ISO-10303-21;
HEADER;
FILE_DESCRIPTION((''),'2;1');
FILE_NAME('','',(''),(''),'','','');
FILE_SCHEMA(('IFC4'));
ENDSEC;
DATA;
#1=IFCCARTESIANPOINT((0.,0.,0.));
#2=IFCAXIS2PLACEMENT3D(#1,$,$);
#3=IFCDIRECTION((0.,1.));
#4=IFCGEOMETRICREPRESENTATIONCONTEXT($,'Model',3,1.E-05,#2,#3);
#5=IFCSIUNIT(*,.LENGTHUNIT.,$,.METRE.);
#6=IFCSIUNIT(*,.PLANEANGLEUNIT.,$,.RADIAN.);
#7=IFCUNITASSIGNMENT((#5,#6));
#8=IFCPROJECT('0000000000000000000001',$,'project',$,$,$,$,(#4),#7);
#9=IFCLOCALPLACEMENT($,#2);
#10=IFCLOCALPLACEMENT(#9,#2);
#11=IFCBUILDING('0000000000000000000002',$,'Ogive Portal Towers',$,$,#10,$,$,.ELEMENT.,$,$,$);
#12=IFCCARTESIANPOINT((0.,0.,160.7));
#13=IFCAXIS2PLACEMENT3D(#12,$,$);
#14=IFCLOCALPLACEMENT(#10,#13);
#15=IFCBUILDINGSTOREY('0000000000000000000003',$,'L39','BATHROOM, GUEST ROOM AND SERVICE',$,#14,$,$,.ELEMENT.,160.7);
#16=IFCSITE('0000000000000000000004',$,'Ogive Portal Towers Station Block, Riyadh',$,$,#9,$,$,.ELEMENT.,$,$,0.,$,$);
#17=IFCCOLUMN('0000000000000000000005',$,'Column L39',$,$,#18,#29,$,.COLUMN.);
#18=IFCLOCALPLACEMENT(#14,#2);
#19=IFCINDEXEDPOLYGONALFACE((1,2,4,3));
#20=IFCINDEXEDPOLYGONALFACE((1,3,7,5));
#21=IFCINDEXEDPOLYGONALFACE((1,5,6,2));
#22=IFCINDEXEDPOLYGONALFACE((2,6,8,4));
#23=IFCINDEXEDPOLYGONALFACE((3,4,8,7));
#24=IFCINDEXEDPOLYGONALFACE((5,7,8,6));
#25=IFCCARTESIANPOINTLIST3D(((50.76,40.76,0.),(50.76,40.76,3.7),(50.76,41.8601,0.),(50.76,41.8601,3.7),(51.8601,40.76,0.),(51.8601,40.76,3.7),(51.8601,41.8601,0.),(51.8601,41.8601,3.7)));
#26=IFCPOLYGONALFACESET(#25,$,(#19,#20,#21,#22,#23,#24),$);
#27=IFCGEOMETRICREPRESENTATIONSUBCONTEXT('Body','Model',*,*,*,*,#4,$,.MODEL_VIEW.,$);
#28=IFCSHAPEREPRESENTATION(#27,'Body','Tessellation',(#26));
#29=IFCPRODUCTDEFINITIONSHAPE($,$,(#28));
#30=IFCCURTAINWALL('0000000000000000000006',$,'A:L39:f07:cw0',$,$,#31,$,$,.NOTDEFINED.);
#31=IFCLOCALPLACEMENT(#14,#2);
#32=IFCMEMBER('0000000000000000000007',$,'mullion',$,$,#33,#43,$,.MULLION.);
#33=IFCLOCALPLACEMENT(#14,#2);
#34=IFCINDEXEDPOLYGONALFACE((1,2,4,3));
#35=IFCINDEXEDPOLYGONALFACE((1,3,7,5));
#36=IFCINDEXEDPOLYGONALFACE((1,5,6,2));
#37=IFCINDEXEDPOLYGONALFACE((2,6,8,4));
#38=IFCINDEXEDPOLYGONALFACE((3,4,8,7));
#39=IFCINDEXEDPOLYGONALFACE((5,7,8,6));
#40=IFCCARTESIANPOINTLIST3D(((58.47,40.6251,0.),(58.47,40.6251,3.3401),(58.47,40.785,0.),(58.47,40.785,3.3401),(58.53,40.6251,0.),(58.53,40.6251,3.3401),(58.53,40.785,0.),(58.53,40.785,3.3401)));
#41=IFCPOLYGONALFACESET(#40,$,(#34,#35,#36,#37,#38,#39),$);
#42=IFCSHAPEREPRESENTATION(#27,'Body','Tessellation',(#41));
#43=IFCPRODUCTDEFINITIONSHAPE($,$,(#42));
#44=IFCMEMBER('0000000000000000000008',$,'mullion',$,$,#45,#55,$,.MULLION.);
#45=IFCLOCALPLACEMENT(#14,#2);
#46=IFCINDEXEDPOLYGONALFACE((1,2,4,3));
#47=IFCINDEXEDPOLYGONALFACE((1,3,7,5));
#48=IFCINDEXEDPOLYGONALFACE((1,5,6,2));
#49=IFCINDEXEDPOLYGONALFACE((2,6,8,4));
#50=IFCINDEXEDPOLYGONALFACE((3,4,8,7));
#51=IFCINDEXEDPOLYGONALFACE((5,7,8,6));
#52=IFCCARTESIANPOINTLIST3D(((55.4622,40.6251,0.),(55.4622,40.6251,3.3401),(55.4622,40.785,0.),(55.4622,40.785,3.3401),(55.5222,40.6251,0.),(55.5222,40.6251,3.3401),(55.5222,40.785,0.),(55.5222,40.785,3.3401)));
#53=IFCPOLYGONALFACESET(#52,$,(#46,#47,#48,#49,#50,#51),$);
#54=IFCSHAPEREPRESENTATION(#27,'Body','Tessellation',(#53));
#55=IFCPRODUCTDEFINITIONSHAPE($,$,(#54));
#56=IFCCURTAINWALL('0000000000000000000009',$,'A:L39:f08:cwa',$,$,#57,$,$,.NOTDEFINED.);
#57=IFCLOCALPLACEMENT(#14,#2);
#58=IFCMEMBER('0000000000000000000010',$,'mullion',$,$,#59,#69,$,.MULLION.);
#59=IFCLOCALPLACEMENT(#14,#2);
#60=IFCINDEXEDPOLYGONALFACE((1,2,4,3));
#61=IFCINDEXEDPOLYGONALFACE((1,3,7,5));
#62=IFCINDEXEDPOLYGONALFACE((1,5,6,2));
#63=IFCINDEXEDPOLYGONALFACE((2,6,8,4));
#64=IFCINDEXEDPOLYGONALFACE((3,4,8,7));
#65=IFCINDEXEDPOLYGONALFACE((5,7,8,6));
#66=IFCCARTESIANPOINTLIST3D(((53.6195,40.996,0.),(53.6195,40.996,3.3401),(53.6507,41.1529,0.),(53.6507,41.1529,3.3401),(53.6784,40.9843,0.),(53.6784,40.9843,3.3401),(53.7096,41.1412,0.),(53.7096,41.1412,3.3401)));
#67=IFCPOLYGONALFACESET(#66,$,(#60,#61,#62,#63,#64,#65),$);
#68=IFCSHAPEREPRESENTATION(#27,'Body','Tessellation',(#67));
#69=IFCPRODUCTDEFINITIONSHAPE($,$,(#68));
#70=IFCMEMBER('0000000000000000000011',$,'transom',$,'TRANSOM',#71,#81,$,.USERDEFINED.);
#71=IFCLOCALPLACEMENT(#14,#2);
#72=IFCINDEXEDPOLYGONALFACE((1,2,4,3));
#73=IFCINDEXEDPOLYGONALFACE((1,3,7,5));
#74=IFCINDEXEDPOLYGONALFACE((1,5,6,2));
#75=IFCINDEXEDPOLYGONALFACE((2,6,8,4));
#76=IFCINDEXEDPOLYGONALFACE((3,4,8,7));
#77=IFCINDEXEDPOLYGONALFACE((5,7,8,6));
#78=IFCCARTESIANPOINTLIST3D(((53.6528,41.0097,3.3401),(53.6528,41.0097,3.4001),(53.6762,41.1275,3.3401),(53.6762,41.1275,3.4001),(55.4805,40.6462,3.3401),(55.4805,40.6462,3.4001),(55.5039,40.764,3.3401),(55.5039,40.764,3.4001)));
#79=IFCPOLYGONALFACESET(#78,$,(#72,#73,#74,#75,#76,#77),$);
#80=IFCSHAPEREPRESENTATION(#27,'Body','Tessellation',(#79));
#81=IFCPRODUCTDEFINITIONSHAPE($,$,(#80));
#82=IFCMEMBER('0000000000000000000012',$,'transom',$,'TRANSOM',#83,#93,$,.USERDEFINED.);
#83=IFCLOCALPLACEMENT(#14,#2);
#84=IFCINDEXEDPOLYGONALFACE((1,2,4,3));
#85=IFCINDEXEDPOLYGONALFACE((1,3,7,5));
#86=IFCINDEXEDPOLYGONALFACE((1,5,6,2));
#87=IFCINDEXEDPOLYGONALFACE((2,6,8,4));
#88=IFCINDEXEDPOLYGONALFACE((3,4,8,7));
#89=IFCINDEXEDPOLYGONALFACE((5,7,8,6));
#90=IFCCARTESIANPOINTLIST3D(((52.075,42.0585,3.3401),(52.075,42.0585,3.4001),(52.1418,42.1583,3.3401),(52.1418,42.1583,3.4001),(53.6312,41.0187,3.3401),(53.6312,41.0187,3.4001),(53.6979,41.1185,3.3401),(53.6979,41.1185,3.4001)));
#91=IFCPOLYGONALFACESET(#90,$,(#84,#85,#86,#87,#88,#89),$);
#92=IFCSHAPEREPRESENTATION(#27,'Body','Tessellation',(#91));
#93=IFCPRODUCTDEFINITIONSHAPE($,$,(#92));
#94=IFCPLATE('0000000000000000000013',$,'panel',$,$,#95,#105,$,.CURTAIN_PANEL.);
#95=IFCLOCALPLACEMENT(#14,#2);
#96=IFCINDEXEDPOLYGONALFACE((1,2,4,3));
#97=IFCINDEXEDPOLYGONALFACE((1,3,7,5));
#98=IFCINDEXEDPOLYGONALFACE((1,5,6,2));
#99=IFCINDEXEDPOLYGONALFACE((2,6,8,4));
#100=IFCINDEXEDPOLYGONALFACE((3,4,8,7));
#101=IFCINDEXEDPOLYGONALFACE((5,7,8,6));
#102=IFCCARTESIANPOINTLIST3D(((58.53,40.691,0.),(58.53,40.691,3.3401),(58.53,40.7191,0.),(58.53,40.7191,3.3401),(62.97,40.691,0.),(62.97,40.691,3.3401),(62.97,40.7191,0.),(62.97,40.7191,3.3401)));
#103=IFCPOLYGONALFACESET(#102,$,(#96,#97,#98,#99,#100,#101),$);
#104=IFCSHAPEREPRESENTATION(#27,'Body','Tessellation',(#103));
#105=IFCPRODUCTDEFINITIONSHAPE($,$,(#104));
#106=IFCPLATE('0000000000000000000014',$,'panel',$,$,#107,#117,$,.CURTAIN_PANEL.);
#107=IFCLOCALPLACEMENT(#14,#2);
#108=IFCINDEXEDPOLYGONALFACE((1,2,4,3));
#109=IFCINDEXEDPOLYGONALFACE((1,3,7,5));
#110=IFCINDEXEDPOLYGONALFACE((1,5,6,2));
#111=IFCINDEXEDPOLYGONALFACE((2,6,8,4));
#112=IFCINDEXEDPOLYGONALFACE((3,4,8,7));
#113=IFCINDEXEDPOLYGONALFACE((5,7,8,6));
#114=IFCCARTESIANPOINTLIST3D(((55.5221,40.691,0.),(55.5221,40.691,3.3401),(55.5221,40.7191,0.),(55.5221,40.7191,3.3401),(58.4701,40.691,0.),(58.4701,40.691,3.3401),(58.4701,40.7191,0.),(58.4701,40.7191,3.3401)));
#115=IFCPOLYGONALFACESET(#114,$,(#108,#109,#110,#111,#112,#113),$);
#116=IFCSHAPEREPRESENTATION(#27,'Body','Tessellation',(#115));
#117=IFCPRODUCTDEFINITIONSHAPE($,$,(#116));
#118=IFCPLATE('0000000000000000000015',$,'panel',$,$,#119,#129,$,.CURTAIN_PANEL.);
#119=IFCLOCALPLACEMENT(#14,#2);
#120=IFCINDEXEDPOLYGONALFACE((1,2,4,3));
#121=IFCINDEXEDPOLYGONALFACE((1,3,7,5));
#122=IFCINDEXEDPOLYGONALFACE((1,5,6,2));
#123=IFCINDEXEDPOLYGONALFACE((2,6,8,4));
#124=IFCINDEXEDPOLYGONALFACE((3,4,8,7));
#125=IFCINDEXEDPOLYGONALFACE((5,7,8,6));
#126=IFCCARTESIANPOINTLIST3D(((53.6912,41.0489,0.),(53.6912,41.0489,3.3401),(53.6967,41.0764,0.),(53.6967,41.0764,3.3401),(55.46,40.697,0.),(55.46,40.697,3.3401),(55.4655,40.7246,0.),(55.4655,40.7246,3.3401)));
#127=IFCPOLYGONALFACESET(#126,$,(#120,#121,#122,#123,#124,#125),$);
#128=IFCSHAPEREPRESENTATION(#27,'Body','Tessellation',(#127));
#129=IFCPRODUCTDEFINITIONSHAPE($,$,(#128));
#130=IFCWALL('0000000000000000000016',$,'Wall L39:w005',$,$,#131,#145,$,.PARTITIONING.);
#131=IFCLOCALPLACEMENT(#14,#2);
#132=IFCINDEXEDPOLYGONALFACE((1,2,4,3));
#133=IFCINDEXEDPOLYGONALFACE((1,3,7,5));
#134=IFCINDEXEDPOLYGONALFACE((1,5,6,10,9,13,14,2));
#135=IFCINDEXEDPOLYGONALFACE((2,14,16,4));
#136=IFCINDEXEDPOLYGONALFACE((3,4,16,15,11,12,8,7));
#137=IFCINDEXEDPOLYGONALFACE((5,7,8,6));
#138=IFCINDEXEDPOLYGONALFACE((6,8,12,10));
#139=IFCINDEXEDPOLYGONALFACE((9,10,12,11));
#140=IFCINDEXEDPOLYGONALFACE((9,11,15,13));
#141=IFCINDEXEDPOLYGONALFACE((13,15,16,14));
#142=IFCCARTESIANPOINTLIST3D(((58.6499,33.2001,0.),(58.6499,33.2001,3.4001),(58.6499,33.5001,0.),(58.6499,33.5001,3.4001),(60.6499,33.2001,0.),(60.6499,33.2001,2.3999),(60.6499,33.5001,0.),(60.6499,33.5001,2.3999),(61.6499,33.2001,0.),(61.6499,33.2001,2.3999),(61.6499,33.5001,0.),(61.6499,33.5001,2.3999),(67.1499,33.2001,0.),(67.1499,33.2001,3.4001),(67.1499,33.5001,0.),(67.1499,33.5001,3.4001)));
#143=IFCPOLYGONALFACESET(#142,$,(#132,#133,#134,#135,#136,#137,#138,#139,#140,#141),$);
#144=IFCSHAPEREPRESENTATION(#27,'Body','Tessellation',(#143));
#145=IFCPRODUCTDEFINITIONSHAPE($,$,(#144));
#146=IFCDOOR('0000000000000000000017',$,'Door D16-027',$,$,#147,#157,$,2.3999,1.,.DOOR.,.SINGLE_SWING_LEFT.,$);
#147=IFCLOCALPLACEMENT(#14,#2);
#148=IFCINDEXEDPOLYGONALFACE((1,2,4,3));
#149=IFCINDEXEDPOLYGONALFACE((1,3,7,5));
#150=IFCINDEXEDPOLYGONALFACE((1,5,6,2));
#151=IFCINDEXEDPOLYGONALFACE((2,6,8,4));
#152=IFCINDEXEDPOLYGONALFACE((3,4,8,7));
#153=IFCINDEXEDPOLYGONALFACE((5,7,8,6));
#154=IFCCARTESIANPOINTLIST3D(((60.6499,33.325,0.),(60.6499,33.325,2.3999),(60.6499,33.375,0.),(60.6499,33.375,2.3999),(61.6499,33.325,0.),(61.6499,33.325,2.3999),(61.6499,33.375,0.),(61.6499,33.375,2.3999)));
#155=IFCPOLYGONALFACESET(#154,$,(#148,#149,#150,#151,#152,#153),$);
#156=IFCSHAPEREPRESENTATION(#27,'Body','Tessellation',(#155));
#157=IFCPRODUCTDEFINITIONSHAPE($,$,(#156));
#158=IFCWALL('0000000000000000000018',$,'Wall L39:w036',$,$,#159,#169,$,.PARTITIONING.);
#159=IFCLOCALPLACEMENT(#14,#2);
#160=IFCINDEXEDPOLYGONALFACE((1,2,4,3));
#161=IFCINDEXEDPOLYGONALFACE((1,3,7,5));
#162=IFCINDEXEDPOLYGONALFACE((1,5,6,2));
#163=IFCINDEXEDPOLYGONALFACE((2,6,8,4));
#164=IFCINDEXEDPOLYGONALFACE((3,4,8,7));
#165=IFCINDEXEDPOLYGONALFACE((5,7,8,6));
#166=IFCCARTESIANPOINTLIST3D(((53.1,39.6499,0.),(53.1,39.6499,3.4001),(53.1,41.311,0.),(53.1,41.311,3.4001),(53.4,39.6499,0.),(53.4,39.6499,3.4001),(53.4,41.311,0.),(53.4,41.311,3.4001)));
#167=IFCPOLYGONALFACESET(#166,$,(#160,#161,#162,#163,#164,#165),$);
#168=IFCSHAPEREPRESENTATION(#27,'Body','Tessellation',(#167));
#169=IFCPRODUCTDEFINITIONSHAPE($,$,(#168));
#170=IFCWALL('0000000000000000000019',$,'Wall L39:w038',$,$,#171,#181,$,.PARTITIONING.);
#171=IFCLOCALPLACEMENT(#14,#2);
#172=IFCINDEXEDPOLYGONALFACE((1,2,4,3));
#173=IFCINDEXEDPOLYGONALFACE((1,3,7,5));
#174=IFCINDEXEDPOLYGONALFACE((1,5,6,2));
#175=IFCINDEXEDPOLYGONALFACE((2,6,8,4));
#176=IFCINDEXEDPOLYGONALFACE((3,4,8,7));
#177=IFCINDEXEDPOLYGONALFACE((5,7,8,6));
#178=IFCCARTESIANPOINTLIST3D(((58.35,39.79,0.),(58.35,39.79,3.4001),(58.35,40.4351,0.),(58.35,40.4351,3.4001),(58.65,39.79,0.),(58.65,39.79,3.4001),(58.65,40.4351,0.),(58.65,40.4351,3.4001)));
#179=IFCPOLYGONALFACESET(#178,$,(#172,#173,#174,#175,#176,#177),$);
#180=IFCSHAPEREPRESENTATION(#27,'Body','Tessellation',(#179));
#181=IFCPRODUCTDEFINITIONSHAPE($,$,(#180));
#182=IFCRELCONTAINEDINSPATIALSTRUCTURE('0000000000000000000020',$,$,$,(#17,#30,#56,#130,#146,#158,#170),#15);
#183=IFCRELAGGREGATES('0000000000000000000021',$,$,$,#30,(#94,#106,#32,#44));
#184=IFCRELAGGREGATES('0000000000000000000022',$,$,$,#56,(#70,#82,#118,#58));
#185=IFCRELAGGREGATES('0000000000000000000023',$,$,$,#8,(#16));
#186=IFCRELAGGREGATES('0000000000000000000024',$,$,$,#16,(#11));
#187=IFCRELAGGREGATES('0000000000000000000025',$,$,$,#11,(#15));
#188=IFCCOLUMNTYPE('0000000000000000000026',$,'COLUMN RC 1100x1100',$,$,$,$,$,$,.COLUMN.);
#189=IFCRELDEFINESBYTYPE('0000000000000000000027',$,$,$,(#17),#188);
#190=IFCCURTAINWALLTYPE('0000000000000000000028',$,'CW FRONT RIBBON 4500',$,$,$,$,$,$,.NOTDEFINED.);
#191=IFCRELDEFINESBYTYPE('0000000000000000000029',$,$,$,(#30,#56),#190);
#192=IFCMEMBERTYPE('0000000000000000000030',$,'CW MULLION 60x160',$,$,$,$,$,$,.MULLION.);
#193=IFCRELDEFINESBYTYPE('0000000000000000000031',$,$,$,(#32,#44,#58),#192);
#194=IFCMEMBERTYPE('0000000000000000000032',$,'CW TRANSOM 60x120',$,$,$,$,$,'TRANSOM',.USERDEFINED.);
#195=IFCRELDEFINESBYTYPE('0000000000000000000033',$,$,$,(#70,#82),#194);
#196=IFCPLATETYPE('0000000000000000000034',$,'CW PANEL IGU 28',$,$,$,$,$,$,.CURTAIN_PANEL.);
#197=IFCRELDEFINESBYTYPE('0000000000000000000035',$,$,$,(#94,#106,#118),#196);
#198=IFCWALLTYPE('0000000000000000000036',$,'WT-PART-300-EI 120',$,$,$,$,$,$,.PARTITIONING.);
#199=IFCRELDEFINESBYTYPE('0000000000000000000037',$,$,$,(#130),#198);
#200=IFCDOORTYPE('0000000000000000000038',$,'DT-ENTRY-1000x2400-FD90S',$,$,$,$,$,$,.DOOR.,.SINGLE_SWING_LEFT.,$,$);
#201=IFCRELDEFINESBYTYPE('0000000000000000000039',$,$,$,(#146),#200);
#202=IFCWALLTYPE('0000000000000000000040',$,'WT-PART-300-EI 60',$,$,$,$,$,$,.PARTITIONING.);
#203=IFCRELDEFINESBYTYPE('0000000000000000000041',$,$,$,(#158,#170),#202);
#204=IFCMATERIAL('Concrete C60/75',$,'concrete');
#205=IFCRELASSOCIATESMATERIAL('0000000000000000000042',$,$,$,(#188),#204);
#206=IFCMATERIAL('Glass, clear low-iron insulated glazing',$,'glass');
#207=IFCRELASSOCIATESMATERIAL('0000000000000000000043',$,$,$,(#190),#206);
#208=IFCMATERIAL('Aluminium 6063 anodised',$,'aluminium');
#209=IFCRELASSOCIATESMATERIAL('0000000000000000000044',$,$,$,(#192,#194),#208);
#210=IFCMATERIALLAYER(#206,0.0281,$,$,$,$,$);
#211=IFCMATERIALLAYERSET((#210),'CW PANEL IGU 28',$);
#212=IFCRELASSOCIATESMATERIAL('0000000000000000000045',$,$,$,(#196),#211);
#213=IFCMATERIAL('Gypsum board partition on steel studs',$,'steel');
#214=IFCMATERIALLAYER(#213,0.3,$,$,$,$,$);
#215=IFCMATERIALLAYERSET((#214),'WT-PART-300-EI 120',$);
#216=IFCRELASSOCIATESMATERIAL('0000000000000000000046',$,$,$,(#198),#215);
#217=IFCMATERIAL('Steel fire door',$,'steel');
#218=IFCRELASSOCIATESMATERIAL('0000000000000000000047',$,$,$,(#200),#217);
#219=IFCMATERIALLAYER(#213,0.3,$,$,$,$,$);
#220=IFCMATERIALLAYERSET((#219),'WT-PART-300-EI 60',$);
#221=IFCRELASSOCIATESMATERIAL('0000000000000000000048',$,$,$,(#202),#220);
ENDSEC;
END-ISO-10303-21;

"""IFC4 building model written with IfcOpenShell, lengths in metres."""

from ifc_helpers import new_model, si_unit, direction, frame, frame_2d, origin, origin_2d, place, context, subcontext, project, spatial, rectangle, extrude, material, layer, layer_set, material_profile, profile_set, type_object, element, fill, aggregate, save


model = new_model("IFC4")

# Units and contexts
model_context = context("Model", 3, precision=1e-05, world=origin(), true_north=direction((0.0, 1.0)))
body_context = subcontext(model_context, "Body", "Model", "MODEL_VIEW")
ifc_project = project(units=[si_unit("LENGTHUNIT", "METRE"), si_unit("PLANEANGLEUNIT", "RADIAN")], contexts=[model_context])

# Site, building, storey
site_placement = place(None, origin())
site = spatial("IfcSite", under=ifc_project, at=site_placement, Name="Ogive Portal Towers Station Block, Riyadh", CompositionType="ELEMENT", RefElevation=0.0)
building_placement = place(site_placement, origin())
building = spatial("IfcBuilding", under=site, at=building_placement, Name="Ogive Portal Towers", CompositionType="ELEMENT")
storey_placement = place(building_placement, frame((0.0, 0.0, 160.7)))
storey = spatial("IfcBuildingStorey", under=building, at=storey_placement, Name="L39", Description="BATHROOM, GUEST ROOM AND SERVICE", CompositionType="ELEMENT", Elevation=160.7)

# Column
ifc_material_1 = material(Name="Concrete C60/75", Category="concrete")
ifc_material_profile_1 = material_profile(ifc_material_1, rectangle(XDim=1.1001, YDim=1.1001, at=origin_2d()), Name="RC 1100x1100")
ifc_profile_set_1 = profile_set([ifc_material_profile_1], Name="Concrete C60/75")
column_type = type_object("IfcColumnType", Name="COLUMN RC 1100x1100", PredefinedType="COLUMN", material=ifc_profile_set_1)
column_placement = place(storey_placement, frame((51.3101, 41.3101, 0.0), z_axis=(0.0, 0.0, 1.0), x_axis=(1.0, 0.0, 0.0)))
element("IfcColumn", 1, at=column_placement, inside=storey, type_object=column_type, Name="Column L39", PredefinedType="COLUMN", context=body_context, shape_type="SweptSolid", body=[
    extrude(rectangle(XDim=1.1001, YDim=1.1001, at=origin_2d()), origin(), (0.0, 0.0, 1.0), 3.7),
])

# Curtain walls, members
ifc_material_2 = material(Name="Glass, clear low-iron insulated glazing", Category="glass")
curtain_wall_type = type_object("IfcCurtainWallType", Name="CW FRONT RIBBON 4500", PredefinedType="NOTDEFINED", material=ifc_material_2)
curtain_wall_1_placement = place(storey_placement, origin())
curtain_wall_1 = element("IfcCurtainWall", 2, at=curtain_wall_1_placement, inside=storey, type_object=curtain_wall_type, Name="A:L39:f07:cw0", PredefinedType="NOTDEFINED")
ifc_material_3 = material(Name="Aluminium 6063 anodised", Category="aluminium")
ifc_material_profile_2 = material_profile(ifc_material_3, rectangle(XDim=0.1599, YDim=0.0601, at=origin_2d()), Name="AL 60x160")
ifc_profile_set_2 = profile_set([ifc_material_profile_2], Name="Aluminium 6063 anodised")
member_type_1 = type_object("IfcMemberType", Name="CW MULLION 60x160", PredefinedType="MULLION", material=ifc_profile_set_2)
member_1_placement = place(storey_placement, frame((58.5, 40.7051, 0.0), z_axis=(0.0, 0.0, 1.0), x_axis=(0.0, -1.0, 0.0)))
member_1 = element("IfcMember", 3, at=member_1_placement, type_object=member_type_1, Name="mullion", PredefinedType="MULLION", context=body_context, shape_type="SweptSolid", body=[
    extrude(rectangle(XDim=0.1599, YDim=0.0601, at=origin_2d()), origin(), (0.0, 0.0, 1.0), 3.3401),
])
member_2_placement = place(storey_placement, frame((55.4922, 40.7051, 0.0), z_axis=(0.0, 0.0, 1.0), x_axis=(0.0, -1.0, 0.0)))
member_2 = element("IfcMember", 4, at=member_2_placement, type_object=member_type_1, Name="mullion", PredefinedType="MULLION", context=body_context, shape_type="SweptSolid", body=[
    extrude(rectangle(XDim=0.1599, YDim=0.0601, at=origin_2d()), origin(), (0.0, 0.0, 1.0), 3.3401),
])
curtain_wall_2_placement = place(storey_placement, origin())
curtain_wall_2 = element("IfcCurtainWall", 5, at=curtain_wall_2_placement, inside=storey, type_object=curtain_wall_type, Name="A:L39:f08:cwa", PredefinedType="NOTDEFINED")
member_3_placement = place(storey_placement, frame((53.6646, 41.0686, 0.0), z_axis=(0.0, 0.0, 1.0), x_axis=(-0.19509, -0.980785, 0.0)))
member_3 = element("IfcMember", 6, at=member_3_placement, type_object=member_type_1, Name="mullion", PredefinedType="MULLION", context=body_context, shape_type="SweptSolid", body=[
    extrude(rectangle(XDim=0.1599, YDim=0.0601, at=origin_2d()), origin(), (0.0, 0.0, 1.0), 3.3401),
])
ifc_material_profile_3 = material_profile(ifc_material_3, rectangle(XDim=0.1201, YDim=0.0601, at=origin_2d()), Name="AL 120x60")
ifc_profile_set_3 = profile_set([ifc_material_profile_3], Name="Aluminium 6063 anodised")
member_type_2 = type_object("IfcMemberType", Name="CW TRANSOM 60x120", ElementType="TRANSOM", PredefinedType="USERDEFINED", material=ifc_profile_set_3)
member_4_placement = place(storey_placement, frame((55.4922, 40.7051, 3.3701), z_axis=(-0.980787, 0.195083, 0.0), x_axis=(-0.195083, -0.980787, 0.0)))
member_4 = element("IfcMember", 7, at=member_4_placement, type_object=member_type_2, Name="transom", ObjectType="TRANSOM", PredefinedType="USERDEFINED", context=body_context, shape_type="SweptSolid", body=[
    extrude(rectangle(XDim=0.1201, YDim=0.0601, at=origin_2d()), origin(), (0.0, 0.0, 1.0), 1.8635),
])
member_5_placement = place(storey_placement, frame((53.6646, 41.0686, 3.3701), z_axis=(-0.831468, 0.555573, 0.0), x_axis=(-0.555573, -0.831468, 0.0)))
member_5 = element("IfcMember", 8, at=member_5_placement, type_object=member_type_2, Name="transom", ObjectType="TRANSOM", PredefinedType="USERDEFINED", context=body_context, shape_type="SweptSolid", body=[
    extrude(rectangle(XDim=0.1201, YDim=0.0601, at=origin_2d()), origin(), (0.0, 0.0, 1.0), 1.8716),
])

# Plates
ifc_layer_1 = layer(ifc_material_2, 0.0281)
ifc_layer_set_1 = layer_set([ifc_layer_1], Name="CW PANEL IGU 28")
plate_type = type_object("IfcPlateType", Name="CW PANEL IGU 28", PredefinedType="CURTAIN_PANEL", material=ifc_layer_set_1)
plate_1_placement = place(storey_placement, frame((60.75, 40.7051, 0.0), z_axis=(0.0, 0.0, 1.0), x_axis=(-1.0, 0.0, 0.0)))
plate_1 = element("IfcPlate", 9, at=plate_1_placement, type_object=plate_type, Name="panel", PredefinedType="CURTAIN_PANEL", context=body_context, shape_type="SweptSolid", body=[
    extrude(rectangle(XDim=4.4399, YDim=0.0281, at=origin_2d()), origin(), (0.0, 0.0, 1.0), 3.3401),
])
plate_2_placement = place(storey_placement, frame((56.9961, 40.7051, 0.0), z_axis=(0.0, 0.0, 1.0), x_axis=(-1.0, 0.0, 0.0)))
plate_2 = element("IfcPlate", 10, at=plate_2_placement, type_object=plate_type, Name="panel", PredefinedType="CURTAIN_PANEL", context=body_context, shape_type="SweptSolid", body=[
    extrude(rectangle(XDim=2.948, YDim=0.0281, at=origin_2d()), origin(), (0.0, 0.0, 1.0), 3.3401),
])
aggregate(curtain_wall_1, [plate_1, plate_2, member_1, member_2])
plate_3_placement = place(storey_placement, frame((54.5784, 40.8867, 0.0), z_axis=(0.0, 0.0, 1.0), x_axis=(-0.980785, 0.19509, 0.0)))
plate_3 = element("IfcPlate", 11, at=plate_3_placement, type_object=plate_type, Name="panel", PredefinedType="CURTAIN_PANEL", context=body_context, shape_type="SweptSolid", body=[
    extrude(rectangle(XDim=1.8035, YDim=0.0281, at=origin_2d()), origin(), (0.0, 0.0, 1.0), 3.3401),
])
aggregate(curtain_wall_2, [member_4, member_5, plate_3, member_3])

# Wall, opening, door
ifc_material_4 = material(Name="Gypsum board partition on steel studs", Category="steel")
ifc_layer_2 = layer(ifc_material_4, 0.3)
ifc_layer_set_2 = layer_set([ifc_layer_2], Name="WT-PART-300-EI 120")
wall_type_1 = type_object("IfcWallType", Name="WT-PART-300-EI 120", PredefinedType="PARTITIONING", material=ifc_layer_set_2)
wall_1_placement = place(storey_placement, frame((58.6499, 33.3501, 0.0), z_axis=(0.0, 0.0, 1.0), x_axis=(1.0, 0.0, 0.0)))
wall_1 = element("IfcWall", 12, at=wall_1_placement, inside=storey, type_object=wall_type_1, Name="Wall L39:w005", PredefinedType="PARTITIONING", context=body_context, shape_type="SweptSolid", body=[
    extrude(rectangle(XDim=8.5, YDim=0.3, at=frame_2d((4.25, 0.0))), origin(), (0.0, 0.0, 1.0), 3.4001),
])
opening_1_placement = place(wall_1_placement, frame((2.0, 0.0, 0.0)))
opening_1 = element("IfcOpeningElement", 13, at=opening_1_placement, cuts=wall_1, PredefinedType="OPENING", context=body_context, shape_type="SweptSolid", body=[
    extrude(rectangle(XDim=1.0, YDim=2.3999, at=frame_2d((0.5, 1.2))), frame((0.0, 0.1602, 0.0), z_axis=(0.0, -1.0, 0.0), x_axis=(1.0, 0.0, 0.0)), (0.0, 0.0, 1.0), 0.3201),
])
ifc_material_5 = material(Name="Steel fire door", Category="steel")
door_type_1 = type_object("IfcDoorType", Name="DT-ENTRY-1000x2400-FD90S", OperationType="SINGLE_SWING_LEFT", PredefinedType="DOOR", material=ifc_material_5)
door_1_placement = place(opening_1_placement, origin())
door_1 = element("IfcDoor", 14, at=door_1_placement, inside=storey, type_object=door_type_1, Name="Door D16-027", OperationType="SINGLE_SWING_LEFT", OverallHeight=2.3999, OverallWidth=1.0, PredefinedType="DOOR", context=body_context, shape_type="SweptSolid", body=[
    extrude(rectangle(XDim=1.0, YDim=2.3999, at=frame_2d((0.5, 1.2))), frame((0.0, 0.0249, 0.0), z_axis=(0.0, -1.0, 0.0), x_axis=(1.0, 0.0, 0.0)), (0.0, 0.0, 1.0), 0.05),
])
fill(opening_1, door_1)

# Walls
ifc_layer_3 = layer(ifc_material_4, 0.3)
ifc_layer_set_3 = layer_set([ifc_layer_3], Name="WT-PART-300-EI 60")
wall_type_2 = type_object("IfcWallType", Name="WT-PART-300-EI 60", PredefinedType="PARTITIONING", material=ifc_layer_set_3)
wall_2_placement = place(storey_placement, frame((53.25, 39.6499, 0.0), z_axis=(0.0, 0.0, 1.0), x_axis=(0.0, 1.0, 0.0)))
element("IfcWall", 15, at=wall_2_placement, inside=storey, type_object=wall_type_2, Name="Wall L39:w036", PredefinedType="PARTITIONING", context=body_context, shape_type="SweptSolid", body=[
    extrude(rectangle(XDim=1.6611, YDim=0.3, at=frame_2d((0.8306, 0.0))), origin(), (0.0, 0.0, 1.0), 3.4001),
])
wall_3_placement = place(storey_placement, frame((58.5, 39.79, 0.0), z_axis=(0.0, 0.0, 1.0), x_axis=(0.0, 1.0, 0.0)))
element("IfcWall", 16, at=wall_3_placement, inside=storey, type_object=wall_type_2, Name="Wall L39:w038", PredefinedType="PARTITIONING", context=body_context, shape_type="SweptSolid", body=[
    extrude(rectangle(XDim=0.645, YDim=0.3, at=frame_2d((0.3225, 0.0))), origin(), (0.0, 0.0, 1.0), 3.4001),
])

save(model, "model.ifc")
